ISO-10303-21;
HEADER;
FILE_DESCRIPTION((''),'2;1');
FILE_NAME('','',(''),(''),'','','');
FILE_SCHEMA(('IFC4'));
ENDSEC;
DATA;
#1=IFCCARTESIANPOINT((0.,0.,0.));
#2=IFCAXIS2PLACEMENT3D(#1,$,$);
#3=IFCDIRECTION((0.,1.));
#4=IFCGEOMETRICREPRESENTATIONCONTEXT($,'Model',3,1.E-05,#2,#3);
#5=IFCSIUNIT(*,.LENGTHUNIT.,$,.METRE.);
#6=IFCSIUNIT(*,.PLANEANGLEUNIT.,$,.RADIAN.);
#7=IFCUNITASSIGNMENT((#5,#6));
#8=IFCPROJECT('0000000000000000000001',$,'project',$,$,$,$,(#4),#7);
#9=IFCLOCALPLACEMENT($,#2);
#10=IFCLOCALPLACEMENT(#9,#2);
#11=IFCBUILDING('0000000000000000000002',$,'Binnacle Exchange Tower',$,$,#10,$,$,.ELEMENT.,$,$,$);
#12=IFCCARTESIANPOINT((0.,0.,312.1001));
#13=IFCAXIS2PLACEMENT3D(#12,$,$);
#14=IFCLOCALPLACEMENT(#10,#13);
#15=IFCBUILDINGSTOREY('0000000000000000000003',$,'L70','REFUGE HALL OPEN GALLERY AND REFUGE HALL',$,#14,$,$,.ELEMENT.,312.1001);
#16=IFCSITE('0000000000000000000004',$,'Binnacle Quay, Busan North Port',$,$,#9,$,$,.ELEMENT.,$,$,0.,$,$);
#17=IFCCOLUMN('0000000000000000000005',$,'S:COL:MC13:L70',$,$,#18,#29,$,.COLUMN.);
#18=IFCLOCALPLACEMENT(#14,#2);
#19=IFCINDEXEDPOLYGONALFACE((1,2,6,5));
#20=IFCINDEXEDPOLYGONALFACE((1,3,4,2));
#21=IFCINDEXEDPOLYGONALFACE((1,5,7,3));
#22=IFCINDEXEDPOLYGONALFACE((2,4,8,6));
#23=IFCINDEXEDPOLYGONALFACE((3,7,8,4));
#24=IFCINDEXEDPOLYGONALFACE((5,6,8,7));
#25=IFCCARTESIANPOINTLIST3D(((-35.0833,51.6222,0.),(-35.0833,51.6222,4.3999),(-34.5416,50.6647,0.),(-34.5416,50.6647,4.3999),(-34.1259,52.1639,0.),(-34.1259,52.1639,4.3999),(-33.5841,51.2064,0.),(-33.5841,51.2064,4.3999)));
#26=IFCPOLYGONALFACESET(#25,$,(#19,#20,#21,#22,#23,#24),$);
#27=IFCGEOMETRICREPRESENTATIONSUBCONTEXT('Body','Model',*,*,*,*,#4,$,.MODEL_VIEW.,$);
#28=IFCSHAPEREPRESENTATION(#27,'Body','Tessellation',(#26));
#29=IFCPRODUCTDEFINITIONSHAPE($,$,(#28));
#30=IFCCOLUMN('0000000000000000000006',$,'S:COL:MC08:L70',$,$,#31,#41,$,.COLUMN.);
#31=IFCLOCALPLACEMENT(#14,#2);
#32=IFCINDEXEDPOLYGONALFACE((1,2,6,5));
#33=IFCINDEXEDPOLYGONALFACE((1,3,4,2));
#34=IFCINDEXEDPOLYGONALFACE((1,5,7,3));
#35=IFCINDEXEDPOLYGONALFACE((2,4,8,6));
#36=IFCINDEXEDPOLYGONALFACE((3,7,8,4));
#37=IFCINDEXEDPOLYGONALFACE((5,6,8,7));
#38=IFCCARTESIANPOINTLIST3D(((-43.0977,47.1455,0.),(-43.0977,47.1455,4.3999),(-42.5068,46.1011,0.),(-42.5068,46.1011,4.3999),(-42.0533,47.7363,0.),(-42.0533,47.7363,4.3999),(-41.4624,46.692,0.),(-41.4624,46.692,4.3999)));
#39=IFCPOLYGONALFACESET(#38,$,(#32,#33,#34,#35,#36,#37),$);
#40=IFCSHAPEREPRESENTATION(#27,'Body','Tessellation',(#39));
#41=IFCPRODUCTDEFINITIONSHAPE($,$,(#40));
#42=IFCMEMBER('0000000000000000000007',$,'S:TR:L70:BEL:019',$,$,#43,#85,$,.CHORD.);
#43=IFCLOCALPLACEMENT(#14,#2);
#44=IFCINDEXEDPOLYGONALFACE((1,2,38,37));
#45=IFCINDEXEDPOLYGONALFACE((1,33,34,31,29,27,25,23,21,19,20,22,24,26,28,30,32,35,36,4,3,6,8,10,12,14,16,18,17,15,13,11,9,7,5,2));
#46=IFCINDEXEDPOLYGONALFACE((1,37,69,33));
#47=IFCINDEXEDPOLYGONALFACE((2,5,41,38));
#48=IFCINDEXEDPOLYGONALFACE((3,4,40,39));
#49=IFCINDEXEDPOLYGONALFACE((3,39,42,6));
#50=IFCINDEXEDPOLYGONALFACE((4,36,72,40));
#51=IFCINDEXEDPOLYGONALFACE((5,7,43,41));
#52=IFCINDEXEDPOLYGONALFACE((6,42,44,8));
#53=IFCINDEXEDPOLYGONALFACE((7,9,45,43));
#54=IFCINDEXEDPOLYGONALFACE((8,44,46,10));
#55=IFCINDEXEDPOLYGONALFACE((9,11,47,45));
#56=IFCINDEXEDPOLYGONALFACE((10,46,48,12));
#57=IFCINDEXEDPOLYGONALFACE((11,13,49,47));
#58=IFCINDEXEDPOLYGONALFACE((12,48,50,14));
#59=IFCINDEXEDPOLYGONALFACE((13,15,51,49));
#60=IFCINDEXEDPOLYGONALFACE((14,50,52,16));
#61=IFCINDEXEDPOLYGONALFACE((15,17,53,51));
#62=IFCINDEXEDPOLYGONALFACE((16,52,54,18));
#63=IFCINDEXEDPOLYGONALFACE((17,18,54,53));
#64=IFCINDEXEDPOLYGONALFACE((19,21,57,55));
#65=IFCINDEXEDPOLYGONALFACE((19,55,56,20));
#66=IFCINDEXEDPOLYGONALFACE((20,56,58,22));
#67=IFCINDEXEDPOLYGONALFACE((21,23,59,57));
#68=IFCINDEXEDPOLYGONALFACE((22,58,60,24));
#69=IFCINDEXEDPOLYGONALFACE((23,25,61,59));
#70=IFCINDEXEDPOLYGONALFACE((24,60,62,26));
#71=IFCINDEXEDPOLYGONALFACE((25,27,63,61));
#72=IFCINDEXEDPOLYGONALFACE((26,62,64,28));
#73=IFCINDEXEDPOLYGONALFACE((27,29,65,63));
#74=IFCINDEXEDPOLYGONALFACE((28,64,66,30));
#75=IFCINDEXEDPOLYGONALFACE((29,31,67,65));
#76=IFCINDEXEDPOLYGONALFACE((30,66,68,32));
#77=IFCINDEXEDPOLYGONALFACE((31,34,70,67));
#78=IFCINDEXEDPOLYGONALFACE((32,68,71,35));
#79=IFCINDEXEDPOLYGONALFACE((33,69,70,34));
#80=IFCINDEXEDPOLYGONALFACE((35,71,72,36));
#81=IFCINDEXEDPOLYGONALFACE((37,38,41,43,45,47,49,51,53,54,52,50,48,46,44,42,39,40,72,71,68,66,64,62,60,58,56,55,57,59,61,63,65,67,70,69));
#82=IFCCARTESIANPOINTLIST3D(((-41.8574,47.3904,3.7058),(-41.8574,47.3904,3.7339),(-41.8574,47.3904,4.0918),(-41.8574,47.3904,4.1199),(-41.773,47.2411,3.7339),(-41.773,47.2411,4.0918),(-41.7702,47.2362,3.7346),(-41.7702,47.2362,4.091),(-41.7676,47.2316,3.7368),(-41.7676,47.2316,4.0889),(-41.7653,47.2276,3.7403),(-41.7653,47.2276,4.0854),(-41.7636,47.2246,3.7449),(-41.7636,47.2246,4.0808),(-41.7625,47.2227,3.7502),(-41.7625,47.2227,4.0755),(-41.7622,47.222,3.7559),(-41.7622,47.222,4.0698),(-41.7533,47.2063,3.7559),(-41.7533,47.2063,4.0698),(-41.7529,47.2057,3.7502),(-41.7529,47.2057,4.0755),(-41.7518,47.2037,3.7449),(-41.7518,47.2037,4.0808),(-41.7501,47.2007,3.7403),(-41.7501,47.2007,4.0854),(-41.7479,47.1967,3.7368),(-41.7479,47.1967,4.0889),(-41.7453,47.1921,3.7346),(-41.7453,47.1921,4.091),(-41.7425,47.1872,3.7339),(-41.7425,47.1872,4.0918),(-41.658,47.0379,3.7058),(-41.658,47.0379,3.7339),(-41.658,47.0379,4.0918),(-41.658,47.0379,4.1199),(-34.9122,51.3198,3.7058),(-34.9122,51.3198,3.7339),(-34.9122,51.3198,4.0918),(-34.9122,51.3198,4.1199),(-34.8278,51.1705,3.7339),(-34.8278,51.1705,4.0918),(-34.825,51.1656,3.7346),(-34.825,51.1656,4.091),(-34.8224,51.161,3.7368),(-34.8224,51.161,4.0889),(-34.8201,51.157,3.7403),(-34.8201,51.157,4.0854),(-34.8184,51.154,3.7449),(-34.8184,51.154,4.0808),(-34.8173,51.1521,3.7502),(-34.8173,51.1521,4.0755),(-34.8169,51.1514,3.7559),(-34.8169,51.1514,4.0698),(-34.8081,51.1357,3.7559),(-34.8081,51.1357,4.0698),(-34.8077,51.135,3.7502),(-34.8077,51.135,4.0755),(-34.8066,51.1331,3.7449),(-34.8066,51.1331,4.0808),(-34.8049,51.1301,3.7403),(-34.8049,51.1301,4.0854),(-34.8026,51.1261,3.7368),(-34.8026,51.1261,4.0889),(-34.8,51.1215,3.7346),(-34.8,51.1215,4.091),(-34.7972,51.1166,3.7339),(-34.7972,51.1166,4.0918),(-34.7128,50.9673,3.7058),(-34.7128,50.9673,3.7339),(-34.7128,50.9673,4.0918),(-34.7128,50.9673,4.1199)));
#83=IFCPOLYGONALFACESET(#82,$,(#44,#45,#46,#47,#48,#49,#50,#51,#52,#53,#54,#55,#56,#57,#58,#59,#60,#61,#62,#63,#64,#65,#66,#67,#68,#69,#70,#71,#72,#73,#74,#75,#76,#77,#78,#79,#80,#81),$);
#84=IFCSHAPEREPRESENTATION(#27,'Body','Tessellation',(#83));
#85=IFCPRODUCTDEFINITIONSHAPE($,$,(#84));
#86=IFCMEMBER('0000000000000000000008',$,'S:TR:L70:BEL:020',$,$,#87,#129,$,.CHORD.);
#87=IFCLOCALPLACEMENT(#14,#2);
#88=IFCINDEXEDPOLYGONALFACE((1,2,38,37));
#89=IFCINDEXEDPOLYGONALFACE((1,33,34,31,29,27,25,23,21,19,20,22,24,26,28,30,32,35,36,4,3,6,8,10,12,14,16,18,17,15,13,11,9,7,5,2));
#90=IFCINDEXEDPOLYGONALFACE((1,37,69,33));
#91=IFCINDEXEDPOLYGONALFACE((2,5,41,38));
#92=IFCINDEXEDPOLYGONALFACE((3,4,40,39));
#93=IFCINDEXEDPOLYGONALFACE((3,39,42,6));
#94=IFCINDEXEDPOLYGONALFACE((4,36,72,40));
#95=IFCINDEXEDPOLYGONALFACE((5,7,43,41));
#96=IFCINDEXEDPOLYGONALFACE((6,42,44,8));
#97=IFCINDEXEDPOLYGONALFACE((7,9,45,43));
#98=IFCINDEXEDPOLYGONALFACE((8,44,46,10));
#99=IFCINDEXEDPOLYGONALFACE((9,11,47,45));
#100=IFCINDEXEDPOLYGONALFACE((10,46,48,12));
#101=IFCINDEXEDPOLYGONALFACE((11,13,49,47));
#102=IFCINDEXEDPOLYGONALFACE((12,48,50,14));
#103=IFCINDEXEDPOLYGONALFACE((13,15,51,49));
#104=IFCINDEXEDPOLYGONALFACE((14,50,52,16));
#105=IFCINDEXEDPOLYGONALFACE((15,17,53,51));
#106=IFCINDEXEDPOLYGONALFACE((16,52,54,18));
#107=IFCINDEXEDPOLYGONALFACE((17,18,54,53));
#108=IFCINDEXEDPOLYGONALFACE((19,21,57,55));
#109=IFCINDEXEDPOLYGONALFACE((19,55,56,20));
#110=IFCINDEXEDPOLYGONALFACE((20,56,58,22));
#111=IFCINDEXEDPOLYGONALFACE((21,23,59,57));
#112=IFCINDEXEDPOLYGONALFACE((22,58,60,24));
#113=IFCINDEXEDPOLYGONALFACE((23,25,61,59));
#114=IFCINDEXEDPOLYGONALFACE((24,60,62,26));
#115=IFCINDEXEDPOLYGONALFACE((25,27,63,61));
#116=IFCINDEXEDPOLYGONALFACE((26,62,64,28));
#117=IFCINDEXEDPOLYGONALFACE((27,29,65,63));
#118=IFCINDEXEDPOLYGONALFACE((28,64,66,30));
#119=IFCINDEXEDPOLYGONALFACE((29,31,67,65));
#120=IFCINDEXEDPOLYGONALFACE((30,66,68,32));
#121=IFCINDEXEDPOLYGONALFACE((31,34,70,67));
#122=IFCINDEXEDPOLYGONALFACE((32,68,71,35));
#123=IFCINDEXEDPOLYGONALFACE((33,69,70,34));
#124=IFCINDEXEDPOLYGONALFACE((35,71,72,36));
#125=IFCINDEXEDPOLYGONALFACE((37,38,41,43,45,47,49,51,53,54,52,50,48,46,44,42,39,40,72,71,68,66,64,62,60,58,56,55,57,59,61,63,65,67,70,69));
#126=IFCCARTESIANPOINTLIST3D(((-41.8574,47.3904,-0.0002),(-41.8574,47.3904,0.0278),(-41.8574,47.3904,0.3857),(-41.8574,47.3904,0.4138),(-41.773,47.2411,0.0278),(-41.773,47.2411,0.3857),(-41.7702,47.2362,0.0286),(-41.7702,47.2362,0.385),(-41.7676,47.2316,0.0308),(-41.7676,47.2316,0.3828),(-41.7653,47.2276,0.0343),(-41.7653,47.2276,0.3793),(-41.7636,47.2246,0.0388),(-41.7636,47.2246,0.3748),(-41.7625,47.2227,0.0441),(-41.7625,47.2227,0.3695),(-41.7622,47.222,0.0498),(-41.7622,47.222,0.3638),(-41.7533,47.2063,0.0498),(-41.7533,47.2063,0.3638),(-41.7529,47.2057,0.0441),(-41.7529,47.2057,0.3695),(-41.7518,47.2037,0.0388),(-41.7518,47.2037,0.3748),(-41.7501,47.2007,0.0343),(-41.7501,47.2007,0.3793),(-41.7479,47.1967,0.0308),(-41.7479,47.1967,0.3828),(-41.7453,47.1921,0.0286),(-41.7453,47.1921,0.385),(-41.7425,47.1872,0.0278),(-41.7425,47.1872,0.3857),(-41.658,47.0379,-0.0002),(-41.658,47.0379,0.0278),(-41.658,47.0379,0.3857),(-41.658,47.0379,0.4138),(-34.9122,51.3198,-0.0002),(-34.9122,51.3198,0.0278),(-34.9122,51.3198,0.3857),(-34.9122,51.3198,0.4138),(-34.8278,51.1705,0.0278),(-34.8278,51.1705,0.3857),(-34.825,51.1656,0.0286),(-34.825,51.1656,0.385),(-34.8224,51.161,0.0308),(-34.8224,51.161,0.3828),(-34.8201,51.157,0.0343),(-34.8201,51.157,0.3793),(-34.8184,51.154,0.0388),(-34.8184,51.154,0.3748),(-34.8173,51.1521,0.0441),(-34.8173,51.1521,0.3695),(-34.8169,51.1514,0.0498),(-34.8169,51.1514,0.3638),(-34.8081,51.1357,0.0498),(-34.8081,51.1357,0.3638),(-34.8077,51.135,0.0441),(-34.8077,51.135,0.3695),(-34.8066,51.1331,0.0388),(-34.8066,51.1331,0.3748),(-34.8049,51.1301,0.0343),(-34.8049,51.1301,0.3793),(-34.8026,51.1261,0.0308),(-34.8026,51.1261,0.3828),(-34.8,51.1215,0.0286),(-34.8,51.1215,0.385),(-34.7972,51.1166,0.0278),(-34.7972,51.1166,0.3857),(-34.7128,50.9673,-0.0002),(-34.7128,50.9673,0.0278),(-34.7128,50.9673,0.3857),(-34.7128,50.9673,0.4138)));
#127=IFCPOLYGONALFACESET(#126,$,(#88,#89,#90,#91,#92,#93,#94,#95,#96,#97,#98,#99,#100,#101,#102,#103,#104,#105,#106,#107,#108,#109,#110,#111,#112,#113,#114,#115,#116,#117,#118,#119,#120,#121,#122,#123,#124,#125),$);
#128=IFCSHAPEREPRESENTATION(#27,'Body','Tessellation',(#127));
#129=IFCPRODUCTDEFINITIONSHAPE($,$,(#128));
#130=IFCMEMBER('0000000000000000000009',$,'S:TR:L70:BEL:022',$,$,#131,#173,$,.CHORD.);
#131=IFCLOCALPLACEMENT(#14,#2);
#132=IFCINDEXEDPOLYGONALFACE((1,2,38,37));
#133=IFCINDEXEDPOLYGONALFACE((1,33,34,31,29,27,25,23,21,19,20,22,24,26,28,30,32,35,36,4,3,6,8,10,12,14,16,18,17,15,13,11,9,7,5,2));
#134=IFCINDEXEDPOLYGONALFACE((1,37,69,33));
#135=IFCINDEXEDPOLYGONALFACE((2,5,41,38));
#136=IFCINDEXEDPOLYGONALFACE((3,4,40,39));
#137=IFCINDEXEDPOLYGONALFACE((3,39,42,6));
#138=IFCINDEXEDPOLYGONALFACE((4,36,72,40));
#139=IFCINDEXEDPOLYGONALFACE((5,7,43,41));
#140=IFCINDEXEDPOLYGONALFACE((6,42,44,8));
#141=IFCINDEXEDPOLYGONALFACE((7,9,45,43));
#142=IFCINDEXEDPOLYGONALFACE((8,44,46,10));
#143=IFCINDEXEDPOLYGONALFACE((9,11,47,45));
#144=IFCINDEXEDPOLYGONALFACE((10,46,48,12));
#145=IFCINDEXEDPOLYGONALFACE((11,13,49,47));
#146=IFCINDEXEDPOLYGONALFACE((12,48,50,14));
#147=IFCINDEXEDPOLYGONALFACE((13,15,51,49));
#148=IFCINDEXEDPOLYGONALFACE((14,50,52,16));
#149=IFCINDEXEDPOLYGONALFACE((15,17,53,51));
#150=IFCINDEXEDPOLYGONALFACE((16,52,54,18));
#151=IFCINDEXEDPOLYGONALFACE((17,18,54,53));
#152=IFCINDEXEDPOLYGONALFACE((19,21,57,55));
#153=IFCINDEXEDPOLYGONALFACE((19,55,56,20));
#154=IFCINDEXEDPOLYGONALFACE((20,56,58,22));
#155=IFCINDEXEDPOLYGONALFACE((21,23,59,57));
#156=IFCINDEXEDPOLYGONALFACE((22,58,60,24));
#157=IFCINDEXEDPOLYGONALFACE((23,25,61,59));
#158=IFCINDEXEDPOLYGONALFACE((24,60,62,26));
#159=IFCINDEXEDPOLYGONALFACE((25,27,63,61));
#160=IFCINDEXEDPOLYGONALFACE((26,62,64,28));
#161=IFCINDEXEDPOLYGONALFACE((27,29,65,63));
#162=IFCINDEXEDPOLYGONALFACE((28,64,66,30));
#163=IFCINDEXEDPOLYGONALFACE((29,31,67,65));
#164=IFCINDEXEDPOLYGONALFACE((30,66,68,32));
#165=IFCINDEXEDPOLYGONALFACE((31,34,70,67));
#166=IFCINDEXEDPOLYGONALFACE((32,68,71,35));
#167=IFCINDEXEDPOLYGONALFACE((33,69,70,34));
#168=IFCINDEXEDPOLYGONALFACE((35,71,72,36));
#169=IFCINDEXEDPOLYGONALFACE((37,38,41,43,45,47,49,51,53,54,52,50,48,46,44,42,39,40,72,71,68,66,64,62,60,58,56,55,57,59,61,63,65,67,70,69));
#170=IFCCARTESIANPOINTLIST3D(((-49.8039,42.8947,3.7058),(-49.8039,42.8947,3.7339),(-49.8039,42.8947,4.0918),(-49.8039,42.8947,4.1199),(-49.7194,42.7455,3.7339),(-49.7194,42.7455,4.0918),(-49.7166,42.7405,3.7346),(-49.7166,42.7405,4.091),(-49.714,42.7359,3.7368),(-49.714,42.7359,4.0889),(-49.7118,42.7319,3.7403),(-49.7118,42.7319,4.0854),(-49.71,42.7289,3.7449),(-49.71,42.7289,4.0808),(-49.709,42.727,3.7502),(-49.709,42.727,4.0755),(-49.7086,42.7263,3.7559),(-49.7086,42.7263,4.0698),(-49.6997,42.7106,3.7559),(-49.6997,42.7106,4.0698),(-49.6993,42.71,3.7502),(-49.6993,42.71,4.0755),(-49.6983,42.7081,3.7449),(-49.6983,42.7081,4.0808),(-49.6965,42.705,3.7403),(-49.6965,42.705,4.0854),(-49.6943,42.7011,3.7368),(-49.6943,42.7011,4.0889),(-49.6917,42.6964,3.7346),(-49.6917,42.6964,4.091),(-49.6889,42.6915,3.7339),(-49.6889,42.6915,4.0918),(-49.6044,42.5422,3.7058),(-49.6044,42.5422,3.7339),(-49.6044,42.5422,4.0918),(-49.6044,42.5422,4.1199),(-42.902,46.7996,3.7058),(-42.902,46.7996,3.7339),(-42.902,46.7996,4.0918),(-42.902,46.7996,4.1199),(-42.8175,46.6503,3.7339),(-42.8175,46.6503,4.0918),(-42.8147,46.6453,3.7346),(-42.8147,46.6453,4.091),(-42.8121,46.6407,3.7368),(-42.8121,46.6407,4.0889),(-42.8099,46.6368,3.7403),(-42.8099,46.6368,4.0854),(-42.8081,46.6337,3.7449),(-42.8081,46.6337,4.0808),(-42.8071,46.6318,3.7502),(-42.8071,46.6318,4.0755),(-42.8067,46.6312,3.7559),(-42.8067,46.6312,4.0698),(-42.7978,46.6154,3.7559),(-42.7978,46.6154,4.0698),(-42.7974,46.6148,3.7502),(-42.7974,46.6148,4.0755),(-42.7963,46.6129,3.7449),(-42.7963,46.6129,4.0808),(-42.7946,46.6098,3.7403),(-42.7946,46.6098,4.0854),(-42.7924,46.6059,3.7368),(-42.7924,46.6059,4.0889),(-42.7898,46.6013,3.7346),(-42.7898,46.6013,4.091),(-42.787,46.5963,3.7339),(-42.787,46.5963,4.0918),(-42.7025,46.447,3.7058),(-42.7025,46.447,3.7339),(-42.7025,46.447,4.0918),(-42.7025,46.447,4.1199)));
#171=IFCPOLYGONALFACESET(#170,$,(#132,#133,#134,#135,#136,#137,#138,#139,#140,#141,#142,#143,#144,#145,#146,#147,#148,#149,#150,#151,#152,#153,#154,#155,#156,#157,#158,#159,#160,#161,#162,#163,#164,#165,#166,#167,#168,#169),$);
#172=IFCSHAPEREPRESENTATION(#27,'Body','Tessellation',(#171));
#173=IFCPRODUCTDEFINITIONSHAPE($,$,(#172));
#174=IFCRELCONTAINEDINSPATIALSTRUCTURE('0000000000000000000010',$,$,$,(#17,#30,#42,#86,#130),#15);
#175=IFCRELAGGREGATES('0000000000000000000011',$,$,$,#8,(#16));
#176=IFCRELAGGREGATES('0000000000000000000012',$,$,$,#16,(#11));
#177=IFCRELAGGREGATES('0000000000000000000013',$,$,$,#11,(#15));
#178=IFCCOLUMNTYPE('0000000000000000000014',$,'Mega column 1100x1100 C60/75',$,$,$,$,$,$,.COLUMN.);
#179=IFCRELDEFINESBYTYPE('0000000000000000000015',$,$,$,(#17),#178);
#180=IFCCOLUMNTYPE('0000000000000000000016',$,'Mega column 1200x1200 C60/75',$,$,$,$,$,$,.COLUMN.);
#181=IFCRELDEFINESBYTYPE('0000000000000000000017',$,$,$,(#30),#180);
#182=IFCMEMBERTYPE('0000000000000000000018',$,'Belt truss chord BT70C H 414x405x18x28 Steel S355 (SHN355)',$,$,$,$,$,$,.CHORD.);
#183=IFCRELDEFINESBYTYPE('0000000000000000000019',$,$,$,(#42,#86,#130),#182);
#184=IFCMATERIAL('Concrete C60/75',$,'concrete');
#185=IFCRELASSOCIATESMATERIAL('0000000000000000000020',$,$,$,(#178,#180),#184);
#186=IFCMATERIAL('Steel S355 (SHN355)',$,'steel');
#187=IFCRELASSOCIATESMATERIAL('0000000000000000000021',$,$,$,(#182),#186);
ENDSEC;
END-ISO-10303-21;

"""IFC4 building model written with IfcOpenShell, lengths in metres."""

from ifc_helpers import new_model, si_unit, direction, frame, origin, origin_2d, place, context, subcontext, project, spatial, rectangle, i_section, extrude, material, material_profile, profile_set, type_object, element, save


model = new_model("IFC4")

# Units and contexts
model_context = context("Model", 3, precision=1e-05, world=origin(), true_north=direction((0.0, 1.0)))
body_context = subcontext(model_context, "Body", "Model", "MODEL_VIEW")
ifc_project = project(units=[si_unit("LENGTHUNIT", "METRE"), si_unit("PLANEANGLEUNIT", "RADIAN")], contexts=[model_context])

# Site, building, storey
site_placement = place(None, origin())
site = spatial("IfcSite", under=ifc_project, at=site_placement, Name="Binnacle Quay, Busan North Port", CompositionType="ELEMENT", RefElevation=0.0)
building_placement = place(site_placement, origin())
building = spatial("IfcBuilding", under=site, at=building_placement, Name="Binnacle Exchange Tower", CompositionType="ELEMENT")
storey_placement = place(building_placement, frame((0.0, 0.0, 312.1001)))
storey = spatial("IfcBuildingStorey", under=building, at=storey_placement, Name="L70", Description="REFUGE HALL OPEN GALLERY AND REFUGE HALL", CompositionType="ELEMENT", Elevation=312.1001)

# Columns
ifc_material_1 = material(Name="Concrete C60/75", Category="concrete")
ifc_material_profile_1 = material_profile(ifc_material_1, rectangle(XDim=1.1001, YDim=1.1001, at=origin_2d()), Name="Mega column 1100x1100 C60/75")
ifc_profile_set_1 = profile_set([ifc_material_profile_1], Name="Concrete C60/75")
column_type_1 = type_object("IfcColumnType", Name="Mega column 1100x1100 C60/75", PredefinedType="COLUMN", material=ifc_profile_set_1)
column_1_placement = place(storey_placement, frame((-34.3337, 51.4143, 0.0), z_axis=(0.0, 0.0, 1.0), x_axis=(-0.870356, -0.492424, 0.0)))
element("IfcColumn", 1, at=column_1_placement, inside=storey, type_object=column_type_1, Name="S:COL:MC13:L70", PredefinedType="COLUMN", context=body_context, shape_type="SweptSolid", body=[
    extrude(rectangle(XDim=1.1001, YDim=1.1001, at=origin_2d()), origin(), (0.0, 0.0, 1.0), 4.3999),
])
ifc_material_profile_2 = material_profile(ifc_material_1, rectangle(XDim=1.2, YDim=1.2, at=origin_2d()), Name="Mega column 1200x1200 C60/75")
ifc_profile_set_2 = profile_set([ifc_material_profile_2], Name="Concrete C60/75")
column_type_2 = type_object("IfcColumnType", Name="Mega column 1200x1200 C60/75", PredefinedType="COLUMN", material=ifc_profile_set_2)
column_2_placement = place(storey_placement, frame((-42.28, 46.9187, 0.0), z_axis=(0.0, 0.0, 1.0), x_axis=(-0.870356, -0.492424, 0.0)))
element("IfcColumn", 2, at=column_2_placement, inside=storey, type_object=column_type_2, Name="S:COL:MC08:L70", PredefinedType="COLUMN", context=body_context, shape_type="SweptSolid", body=[
    extrude(rectangle(XDim=1.2, YDim=1.2, at=origin_2d()), origin(), (0.0, 0.0, 1.0), 4.3999),
])

# Members
ifc_material_2 = material(Name="Steel S355 (SHN355)", Category="steel")
ifc_material_profile_3 = material_profile(ifc_material_2, i_section(OverallWidth=0.405, OverallDepth=0.4141, WebThickness=0.0181, FlangeThickness=0.0281, FilletRadius=0.022, at=origin_2d()), Name="H 414x405x18x28")
ifc_profile_set_3 = profile_set([ifc_material_profile_3], Name="Steel S355 (SHN355)")
member_type_1 = type_object("IfcMemberType", Name="Belt truss chord BT70C H 414x405x18x28 Steel S355 (SHN355)", PredefinedType="CHORD", material=ifc_profile_set_3)
for number, where, z_axis, x_axis, name in (
    (3, (-34.8125, 51.1436, 3.9128), (-0.870357, -0.492421, 0.0), (0.492421, -0.870357, 0.0), "S:TR:L70:BEL:019"),
    (4, (-34.8125, 51.1436, 0.2068), (-0.870357, -0.492421, 0.0), (0.492421, -0.870357, 0.0), "S:TR:L70:BEL:020"),
):
    element("IfcMember", number, at=place(storey_placement, frame(where, z_axis=z_axis, x_axis=x_axis)), inside=storey, type_object=member_type_1, Name=name, PredefinedType="CHORD", context=body_context, shape_type="SweptSolid", body=[
        extrude(i_section(OverallWidth=0.405, OverallDepth=0.4141, WebThickness=0.0181, FlangeThickness=0.0281, FilletRadius=0.022, at=origin_2d()), origin(), (0.0, 0.0, 1.0), 7.9797),
    ])
for number, where, z_axis, x_axis, name in (
    (5, (-42.8022, 46.6233, 3.9128), (-0.870361, -0.492414, 0.0), (0.492414, -0.870361, 0.0), "S:TR:L70:BEL:022"),
):
    element("IfcMember", number, at=place(storey_placement, frame(where, z_axis=z_axis, x_axis=x_axis)), inside=storey, type_object=member_type_1, Name=name, PredefinedType="CHORD", context=body_context, shape_type="SweptSolid", body=[
        extrude(i_section(OverallWidth=0.405, OverallDepth=0.4141, WebThickness=0.0181, FlangeThickness=0.0281, FilletRadius=0.022, at=origin_2d()), origin(), (0.0, 0.0, 1.0), 7.9299),
    ])

save(model, "model.ifc")
